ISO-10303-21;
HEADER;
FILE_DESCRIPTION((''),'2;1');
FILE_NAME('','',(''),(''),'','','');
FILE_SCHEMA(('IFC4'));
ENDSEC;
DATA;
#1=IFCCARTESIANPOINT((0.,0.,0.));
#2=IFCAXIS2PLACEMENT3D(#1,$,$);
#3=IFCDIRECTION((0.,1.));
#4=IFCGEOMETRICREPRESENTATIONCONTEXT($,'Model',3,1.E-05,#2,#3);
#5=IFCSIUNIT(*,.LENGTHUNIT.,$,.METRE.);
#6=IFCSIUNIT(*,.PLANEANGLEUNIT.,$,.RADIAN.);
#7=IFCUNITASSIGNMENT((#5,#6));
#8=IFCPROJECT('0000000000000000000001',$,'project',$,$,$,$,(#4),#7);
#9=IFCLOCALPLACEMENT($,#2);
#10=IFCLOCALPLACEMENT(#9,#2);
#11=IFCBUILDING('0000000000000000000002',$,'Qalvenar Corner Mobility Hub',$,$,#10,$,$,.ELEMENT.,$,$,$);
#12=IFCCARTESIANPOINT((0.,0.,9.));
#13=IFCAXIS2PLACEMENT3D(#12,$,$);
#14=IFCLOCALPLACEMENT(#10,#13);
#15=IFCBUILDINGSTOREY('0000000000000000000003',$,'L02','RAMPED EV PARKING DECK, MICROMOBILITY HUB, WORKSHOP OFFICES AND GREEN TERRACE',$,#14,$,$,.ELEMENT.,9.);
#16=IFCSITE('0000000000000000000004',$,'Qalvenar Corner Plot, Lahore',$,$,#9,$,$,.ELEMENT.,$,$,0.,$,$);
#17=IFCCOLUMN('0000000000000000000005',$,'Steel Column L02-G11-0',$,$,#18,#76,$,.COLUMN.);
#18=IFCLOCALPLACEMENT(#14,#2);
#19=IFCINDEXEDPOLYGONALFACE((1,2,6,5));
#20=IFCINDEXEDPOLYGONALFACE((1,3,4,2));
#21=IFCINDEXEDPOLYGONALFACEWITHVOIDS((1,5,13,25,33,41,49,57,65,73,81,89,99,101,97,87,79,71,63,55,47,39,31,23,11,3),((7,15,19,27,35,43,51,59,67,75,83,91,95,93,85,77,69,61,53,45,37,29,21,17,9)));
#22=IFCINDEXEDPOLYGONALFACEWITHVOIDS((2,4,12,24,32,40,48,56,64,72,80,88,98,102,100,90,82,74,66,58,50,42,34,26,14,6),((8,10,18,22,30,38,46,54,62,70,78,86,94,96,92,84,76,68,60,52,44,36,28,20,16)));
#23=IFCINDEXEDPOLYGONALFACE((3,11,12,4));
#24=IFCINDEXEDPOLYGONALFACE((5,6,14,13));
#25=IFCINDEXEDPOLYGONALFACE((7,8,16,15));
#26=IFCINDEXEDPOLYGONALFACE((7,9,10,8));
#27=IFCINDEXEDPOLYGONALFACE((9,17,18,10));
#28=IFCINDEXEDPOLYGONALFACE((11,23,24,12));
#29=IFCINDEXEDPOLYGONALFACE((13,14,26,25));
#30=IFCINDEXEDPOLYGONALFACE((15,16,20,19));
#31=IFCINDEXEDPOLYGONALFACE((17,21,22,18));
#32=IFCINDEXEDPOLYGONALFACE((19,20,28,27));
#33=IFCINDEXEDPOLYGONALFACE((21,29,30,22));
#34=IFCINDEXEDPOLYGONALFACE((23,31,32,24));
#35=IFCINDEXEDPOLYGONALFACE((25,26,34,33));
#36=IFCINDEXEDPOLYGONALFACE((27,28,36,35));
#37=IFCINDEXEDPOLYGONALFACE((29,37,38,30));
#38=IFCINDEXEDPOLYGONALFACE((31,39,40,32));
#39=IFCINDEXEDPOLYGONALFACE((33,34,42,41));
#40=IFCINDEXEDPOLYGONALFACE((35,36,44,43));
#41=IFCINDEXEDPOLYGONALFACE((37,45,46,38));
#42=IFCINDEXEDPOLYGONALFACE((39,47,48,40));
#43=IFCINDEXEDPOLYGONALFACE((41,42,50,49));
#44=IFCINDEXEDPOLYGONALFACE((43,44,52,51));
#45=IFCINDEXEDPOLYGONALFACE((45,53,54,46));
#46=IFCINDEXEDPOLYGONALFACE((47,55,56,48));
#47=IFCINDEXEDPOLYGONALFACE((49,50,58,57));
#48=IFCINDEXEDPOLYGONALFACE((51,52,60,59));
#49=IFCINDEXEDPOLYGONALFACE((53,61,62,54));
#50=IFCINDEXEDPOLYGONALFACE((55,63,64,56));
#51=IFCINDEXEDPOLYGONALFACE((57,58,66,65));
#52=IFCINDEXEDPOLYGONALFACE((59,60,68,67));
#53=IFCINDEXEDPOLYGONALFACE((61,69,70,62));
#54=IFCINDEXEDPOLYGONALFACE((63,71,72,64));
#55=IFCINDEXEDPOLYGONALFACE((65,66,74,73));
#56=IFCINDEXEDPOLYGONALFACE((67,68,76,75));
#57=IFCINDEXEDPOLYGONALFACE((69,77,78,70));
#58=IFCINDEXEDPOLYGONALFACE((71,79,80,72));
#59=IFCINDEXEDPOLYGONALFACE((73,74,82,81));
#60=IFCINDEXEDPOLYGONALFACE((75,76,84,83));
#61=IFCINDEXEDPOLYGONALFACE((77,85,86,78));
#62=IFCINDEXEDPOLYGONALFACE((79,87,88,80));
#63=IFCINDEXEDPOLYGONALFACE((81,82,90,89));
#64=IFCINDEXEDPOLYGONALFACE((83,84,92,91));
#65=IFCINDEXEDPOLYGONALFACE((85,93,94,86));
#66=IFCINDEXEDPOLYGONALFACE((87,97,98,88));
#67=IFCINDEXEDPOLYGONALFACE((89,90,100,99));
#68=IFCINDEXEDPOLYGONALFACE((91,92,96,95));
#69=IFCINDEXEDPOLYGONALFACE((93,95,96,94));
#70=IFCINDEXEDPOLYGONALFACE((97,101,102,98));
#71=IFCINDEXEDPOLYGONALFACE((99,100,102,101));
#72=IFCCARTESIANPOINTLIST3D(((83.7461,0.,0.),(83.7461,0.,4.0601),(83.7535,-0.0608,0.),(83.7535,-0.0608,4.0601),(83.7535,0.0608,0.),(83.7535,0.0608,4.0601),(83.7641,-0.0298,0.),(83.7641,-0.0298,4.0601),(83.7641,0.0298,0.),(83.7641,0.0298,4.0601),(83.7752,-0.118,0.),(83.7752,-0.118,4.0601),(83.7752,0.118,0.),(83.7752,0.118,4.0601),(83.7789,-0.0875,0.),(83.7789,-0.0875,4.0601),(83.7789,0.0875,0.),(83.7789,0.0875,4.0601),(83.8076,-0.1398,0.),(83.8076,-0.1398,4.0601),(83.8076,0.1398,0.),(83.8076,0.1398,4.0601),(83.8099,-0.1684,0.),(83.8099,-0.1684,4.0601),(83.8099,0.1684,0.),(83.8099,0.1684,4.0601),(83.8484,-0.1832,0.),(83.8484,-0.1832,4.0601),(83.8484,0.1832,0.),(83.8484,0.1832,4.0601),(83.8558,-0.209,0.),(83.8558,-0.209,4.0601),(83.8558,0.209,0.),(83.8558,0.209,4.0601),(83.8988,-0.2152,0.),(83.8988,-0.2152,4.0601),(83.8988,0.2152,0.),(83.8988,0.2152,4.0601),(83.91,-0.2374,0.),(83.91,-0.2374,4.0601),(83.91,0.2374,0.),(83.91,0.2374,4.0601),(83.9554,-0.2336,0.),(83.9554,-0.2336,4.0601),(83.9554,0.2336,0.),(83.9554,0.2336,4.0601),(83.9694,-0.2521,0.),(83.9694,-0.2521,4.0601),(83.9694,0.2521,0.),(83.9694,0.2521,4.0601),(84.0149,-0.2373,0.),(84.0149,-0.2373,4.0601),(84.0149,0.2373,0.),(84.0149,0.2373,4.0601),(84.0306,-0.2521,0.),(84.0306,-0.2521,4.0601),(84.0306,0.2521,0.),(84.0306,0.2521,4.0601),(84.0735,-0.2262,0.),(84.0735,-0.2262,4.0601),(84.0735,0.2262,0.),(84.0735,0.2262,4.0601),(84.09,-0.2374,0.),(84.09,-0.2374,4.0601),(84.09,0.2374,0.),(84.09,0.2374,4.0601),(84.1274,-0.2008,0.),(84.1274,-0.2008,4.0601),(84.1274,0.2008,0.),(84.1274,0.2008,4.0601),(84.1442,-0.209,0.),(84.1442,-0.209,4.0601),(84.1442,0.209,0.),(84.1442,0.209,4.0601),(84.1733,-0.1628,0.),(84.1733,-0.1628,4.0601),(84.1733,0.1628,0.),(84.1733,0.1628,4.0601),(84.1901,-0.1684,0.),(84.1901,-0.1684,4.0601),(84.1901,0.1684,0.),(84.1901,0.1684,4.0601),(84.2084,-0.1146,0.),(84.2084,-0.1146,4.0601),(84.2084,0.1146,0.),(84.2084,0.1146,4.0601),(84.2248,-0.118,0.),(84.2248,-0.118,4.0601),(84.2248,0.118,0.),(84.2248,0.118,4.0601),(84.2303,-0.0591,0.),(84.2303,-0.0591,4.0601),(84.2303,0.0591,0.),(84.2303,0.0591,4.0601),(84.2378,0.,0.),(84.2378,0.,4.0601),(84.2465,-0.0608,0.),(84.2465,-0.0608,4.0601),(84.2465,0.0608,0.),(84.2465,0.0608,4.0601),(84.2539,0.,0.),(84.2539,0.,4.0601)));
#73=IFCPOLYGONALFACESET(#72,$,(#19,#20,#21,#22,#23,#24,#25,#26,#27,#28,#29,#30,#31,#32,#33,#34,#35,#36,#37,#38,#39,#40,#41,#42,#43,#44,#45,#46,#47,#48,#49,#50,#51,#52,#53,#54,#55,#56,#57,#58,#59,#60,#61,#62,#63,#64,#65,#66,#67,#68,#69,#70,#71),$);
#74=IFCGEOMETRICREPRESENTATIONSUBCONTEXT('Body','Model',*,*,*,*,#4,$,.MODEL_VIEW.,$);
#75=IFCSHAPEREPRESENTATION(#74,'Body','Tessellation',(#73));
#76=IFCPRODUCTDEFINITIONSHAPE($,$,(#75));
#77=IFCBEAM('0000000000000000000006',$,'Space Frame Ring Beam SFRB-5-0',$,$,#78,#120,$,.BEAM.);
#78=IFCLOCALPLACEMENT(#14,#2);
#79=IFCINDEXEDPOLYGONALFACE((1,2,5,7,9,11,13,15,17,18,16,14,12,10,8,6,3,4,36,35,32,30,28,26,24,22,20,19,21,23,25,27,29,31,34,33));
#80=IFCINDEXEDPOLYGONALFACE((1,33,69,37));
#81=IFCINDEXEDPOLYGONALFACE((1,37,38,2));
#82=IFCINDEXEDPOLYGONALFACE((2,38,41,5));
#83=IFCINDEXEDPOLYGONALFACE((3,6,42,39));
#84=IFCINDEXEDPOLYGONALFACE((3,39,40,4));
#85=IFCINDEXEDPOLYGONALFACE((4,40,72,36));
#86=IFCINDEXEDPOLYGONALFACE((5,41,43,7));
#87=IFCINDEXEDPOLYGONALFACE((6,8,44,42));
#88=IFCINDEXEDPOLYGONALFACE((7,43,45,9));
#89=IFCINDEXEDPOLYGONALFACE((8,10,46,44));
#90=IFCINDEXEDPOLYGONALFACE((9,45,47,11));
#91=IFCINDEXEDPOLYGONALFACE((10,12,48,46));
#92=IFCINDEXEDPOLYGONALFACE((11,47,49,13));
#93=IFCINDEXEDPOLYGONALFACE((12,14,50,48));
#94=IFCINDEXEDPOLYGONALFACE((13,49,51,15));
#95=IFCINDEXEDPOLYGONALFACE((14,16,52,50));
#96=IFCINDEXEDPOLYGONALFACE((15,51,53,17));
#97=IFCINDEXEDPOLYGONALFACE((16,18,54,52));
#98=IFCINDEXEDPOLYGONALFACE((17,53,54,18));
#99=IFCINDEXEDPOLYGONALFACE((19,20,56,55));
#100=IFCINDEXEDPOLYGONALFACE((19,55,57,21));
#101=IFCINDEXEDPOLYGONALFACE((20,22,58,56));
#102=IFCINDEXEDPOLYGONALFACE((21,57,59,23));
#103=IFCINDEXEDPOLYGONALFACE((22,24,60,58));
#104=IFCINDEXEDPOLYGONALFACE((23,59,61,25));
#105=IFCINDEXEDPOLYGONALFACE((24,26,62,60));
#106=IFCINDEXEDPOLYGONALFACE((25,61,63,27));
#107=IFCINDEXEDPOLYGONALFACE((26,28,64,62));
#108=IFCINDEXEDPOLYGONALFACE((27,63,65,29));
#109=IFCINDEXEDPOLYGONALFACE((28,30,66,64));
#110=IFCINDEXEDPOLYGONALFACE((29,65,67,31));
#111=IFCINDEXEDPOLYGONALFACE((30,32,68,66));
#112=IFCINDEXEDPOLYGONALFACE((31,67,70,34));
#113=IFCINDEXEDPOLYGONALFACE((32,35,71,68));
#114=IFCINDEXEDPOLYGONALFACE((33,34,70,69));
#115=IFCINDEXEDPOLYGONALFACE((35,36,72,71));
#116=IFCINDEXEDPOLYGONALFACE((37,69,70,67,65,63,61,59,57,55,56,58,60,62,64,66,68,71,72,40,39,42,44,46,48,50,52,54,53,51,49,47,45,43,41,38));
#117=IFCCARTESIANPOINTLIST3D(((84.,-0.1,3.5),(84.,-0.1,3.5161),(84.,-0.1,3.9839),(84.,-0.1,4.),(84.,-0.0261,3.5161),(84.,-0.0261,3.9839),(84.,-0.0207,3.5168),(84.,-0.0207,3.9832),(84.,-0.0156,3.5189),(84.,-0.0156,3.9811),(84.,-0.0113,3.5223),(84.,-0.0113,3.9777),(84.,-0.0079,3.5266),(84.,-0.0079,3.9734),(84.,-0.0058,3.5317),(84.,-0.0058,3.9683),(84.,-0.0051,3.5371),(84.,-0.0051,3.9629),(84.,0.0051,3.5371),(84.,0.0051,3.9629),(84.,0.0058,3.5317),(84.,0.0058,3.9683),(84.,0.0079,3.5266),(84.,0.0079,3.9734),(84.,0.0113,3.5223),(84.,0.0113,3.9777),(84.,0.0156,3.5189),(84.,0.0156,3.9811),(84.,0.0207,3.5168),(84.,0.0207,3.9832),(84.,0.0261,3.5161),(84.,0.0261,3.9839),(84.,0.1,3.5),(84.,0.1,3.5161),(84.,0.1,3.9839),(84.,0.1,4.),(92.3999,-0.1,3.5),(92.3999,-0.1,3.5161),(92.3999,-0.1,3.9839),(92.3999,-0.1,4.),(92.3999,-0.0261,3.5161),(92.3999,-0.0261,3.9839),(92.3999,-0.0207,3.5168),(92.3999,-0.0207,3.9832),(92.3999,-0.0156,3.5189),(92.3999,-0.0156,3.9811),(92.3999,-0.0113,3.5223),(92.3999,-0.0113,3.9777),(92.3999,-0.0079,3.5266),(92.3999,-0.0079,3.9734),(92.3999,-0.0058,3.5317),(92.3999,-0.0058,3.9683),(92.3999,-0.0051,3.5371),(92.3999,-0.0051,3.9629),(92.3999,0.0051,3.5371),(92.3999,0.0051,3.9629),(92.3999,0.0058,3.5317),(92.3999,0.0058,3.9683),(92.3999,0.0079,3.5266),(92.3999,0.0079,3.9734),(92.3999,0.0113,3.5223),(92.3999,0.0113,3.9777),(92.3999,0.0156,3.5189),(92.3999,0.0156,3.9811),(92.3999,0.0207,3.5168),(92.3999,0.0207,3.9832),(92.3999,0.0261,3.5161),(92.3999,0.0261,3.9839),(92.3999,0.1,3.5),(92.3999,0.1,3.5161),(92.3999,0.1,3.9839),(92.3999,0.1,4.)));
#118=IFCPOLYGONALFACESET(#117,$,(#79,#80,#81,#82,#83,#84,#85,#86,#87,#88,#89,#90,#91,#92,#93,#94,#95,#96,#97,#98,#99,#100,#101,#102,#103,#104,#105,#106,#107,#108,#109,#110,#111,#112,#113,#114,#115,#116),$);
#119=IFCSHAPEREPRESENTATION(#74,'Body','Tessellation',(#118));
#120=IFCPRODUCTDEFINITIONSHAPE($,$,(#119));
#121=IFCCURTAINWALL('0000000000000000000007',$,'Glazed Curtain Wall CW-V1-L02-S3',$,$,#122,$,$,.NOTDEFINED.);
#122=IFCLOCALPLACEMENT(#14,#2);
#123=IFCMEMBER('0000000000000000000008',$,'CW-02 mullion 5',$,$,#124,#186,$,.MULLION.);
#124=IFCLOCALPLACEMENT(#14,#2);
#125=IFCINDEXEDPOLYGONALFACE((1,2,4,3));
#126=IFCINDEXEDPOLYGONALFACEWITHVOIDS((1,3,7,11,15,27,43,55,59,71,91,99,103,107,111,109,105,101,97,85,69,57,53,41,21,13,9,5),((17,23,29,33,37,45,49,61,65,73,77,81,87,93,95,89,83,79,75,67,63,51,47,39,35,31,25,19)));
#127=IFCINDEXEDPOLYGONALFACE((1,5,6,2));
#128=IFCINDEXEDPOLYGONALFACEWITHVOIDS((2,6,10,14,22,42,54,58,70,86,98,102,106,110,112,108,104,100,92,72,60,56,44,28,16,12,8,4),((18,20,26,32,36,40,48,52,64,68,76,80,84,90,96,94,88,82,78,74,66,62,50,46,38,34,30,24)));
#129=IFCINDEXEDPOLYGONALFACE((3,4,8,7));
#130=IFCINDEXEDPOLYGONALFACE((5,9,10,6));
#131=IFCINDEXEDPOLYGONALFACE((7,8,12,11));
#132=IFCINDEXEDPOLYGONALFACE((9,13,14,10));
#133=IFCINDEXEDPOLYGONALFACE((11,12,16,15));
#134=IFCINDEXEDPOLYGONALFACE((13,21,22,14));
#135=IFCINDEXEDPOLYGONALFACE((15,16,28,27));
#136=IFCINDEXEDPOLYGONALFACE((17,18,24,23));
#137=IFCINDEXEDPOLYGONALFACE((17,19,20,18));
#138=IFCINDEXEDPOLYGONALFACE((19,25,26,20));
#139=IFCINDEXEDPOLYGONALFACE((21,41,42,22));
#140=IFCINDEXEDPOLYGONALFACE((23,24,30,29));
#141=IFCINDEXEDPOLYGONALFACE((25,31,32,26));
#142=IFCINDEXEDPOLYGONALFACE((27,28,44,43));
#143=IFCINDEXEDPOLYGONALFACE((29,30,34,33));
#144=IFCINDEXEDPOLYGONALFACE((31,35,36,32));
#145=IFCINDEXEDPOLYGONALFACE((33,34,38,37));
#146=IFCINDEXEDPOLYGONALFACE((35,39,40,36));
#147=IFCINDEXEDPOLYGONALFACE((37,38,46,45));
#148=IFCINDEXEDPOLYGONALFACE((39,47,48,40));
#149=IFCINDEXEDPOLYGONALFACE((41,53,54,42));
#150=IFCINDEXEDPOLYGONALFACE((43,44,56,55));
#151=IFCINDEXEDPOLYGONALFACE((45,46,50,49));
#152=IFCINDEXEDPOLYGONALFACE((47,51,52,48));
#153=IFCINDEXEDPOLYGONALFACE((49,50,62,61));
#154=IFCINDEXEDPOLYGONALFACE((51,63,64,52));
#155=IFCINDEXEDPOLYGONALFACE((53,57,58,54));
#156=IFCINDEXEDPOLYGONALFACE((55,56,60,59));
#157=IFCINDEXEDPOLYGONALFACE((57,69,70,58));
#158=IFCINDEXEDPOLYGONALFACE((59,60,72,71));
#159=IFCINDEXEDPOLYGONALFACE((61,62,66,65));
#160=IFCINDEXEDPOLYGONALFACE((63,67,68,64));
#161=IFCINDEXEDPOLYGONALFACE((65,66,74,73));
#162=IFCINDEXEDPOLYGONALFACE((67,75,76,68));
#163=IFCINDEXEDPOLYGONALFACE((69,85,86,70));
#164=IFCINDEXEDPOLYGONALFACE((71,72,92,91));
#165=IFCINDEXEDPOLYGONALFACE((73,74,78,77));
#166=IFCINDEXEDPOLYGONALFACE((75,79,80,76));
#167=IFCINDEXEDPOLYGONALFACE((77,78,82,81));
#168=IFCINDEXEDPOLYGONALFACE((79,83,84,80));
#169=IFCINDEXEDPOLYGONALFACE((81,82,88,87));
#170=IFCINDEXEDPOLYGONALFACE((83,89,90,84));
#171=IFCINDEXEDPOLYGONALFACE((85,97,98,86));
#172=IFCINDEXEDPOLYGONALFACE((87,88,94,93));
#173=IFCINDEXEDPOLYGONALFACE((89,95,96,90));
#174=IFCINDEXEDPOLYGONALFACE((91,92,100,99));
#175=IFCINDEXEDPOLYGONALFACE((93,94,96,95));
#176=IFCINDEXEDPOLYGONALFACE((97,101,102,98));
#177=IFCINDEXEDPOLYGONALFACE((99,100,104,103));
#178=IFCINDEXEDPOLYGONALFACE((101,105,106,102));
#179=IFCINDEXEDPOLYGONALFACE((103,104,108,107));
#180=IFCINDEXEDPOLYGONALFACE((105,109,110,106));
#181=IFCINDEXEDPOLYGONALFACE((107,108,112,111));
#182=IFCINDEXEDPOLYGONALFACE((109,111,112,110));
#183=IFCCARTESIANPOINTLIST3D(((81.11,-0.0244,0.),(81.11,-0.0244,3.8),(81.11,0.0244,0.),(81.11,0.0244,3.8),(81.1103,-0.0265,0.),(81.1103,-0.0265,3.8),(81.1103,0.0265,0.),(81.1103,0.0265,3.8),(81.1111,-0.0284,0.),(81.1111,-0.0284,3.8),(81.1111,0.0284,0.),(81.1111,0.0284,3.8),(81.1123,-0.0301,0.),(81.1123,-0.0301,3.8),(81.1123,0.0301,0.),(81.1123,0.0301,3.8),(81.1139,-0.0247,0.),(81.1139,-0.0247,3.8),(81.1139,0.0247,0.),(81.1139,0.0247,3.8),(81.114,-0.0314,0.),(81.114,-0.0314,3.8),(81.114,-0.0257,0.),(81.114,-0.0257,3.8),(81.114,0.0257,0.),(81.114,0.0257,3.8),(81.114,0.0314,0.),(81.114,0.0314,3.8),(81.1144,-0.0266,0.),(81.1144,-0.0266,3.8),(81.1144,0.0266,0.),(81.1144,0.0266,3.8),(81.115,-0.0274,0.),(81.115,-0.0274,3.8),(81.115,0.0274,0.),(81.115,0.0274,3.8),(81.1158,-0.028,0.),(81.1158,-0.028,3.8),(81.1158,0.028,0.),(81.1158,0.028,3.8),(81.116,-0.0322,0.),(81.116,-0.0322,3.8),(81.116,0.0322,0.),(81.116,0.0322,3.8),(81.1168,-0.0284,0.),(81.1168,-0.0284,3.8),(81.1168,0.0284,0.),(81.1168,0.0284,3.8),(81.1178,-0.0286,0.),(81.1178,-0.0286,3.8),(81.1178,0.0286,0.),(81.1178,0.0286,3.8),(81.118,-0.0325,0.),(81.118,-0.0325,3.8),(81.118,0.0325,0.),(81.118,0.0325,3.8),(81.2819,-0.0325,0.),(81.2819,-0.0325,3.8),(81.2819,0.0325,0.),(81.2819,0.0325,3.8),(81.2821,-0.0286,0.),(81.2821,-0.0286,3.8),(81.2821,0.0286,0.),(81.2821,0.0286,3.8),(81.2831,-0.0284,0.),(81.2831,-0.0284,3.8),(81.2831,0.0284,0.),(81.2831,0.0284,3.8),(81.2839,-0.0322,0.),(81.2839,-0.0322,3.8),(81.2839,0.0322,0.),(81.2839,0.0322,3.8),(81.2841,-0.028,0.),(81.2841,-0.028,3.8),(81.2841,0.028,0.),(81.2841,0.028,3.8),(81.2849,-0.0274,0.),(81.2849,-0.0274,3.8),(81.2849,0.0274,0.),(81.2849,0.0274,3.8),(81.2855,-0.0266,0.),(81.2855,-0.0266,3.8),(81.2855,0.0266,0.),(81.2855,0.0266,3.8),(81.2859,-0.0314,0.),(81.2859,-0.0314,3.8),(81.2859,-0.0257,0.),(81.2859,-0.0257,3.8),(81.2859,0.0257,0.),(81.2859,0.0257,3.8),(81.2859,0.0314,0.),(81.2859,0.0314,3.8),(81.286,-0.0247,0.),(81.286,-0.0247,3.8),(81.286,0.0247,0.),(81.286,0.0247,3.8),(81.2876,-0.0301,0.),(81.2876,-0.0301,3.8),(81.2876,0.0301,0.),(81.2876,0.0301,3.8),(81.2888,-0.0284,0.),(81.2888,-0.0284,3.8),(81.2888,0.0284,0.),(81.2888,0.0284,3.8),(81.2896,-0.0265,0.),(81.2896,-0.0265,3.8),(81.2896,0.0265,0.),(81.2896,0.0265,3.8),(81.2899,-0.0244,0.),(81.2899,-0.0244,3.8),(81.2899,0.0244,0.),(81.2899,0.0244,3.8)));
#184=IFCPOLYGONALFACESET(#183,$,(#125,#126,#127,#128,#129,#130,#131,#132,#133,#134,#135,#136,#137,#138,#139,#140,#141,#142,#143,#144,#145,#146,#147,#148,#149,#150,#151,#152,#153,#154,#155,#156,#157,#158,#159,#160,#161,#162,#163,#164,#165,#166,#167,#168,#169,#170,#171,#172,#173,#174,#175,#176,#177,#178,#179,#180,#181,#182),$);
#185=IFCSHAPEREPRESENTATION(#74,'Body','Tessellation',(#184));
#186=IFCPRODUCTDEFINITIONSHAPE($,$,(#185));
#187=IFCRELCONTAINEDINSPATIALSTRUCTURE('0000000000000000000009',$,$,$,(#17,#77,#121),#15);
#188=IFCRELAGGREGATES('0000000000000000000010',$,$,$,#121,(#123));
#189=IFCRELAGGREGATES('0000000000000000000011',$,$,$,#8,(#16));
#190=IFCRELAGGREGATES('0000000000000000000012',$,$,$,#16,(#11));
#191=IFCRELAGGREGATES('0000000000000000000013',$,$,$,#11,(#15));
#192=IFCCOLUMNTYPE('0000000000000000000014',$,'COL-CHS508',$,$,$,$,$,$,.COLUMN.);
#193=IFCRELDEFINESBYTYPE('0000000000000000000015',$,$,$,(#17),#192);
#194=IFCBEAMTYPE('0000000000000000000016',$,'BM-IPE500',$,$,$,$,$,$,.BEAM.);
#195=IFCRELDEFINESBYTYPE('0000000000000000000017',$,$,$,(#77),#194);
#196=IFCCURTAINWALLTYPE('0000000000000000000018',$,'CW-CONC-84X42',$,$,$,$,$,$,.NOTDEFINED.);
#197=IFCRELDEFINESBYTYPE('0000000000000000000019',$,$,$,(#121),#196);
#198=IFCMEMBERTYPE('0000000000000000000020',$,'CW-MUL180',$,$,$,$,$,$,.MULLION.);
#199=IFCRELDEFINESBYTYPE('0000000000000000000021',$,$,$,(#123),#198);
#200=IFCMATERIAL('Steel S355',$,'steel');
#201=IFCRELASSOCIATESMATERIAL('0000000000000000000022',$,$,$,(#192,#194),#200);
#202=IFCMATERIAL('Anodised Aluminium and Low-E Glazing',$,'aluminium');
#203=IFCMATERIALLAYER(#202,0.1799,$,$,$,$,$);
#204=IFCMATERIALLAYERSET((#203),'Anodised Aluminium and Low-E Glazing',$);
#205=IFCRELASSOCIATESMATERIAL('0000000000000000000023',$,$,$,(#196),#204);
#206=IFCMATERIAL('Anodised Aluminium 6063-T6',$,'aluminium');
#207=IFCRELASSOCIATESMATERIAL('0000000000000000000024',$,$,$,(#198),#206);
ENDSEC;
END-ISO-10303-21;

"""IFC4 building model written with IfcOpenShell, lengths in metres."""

from ifc_helpers import new_model, si_unit, direction, frame, origin, origin_2d, place, context, subcontext, project, spatial, hollow_rectangle, hollow_circle, i_section, extrude, material, layer, layer_set, material_profile, profile_set, type_object, element, aggregate, save


model = new_model("IFC4")

# Units and contexts
model_context = context("Model", 3, precision=1e-05, world=origin(), true_north=direction((0.0, 1.0)))
body_context = subcontext(model_context, "Body", "Model", "MODEL_VIEW")
ifc_project = project(units=[si_unit("LENGTHUNIT", "METRE"), si_unit("PLANEANGLEUNIT", "RADIAN")], contexts=[model_context])

# Site, building, storey
site_placement = place(None, origin())
site = spatial("IfcSite", under=ifc_project, at=site_placement, Name="Qalvenar Corner Plot, Lahore", CompositionType="ELEMENT", RefElevation=0.0)
building_placement = place(site_placement, origin())
building = spatial("IfcBuilding", under=site, at=building_placement, Name="Qalvenar Corner Mobility Hub", CompositionType="ELEMENT")
storey_placement = place(building_placement, frame((0.0, 0.0, 9.0)))
storey = spatial("IfcBuildingStorey", under=building, at=storey_placement, Name="L02", Description="RAMPED EV PARKING DECK, MICROMOBILITY HUB, WORKSHOP OFFICES AND GREEN TERRACE", CompositionType="ELEMENT", Elevation=9.0)

# Column
ifc_material_1 = material(Name="Steel S355", Category="steel")
ifc_material_profile_1 = material_profile(ifc_material_1, hollow_circle(Radius=0.2539, WallThickness=0.0161, at=origin_2d()), Name="CHS508x16")
ifc_profile_set_1 = profile_set([ifc_material_profile_1], Name="Steel S355")
column_type = type_object("IfcColumnType", Name="COL-CHS508", PredefinedType="COLUMN", material=ifc_profile_set_1)
column_placement = place(storey_placement, frame((84.0, 0.0, 0.0), z_axis=(0.0, 0.0, 1.0), x_axis=(1.0, 0.0, 0.0)))
element("IfcColumn", 1, at=column_placement, inside=storey, type_object=column_type, Name="Steel Column L02-G11-0", PredefinedType="COLUMN", context=body_context, shape_type="SweptSolid", body=[
    extrude(hollow_circle(Radius=0.2539, WallThickness=0.0161, at=origin_2d()), origin(), (0.0, 0.0, 1.0), 4.0601),
])

# Beam
ifc_material_profile_2 = material_profile(ifc_material_1, i_section(OverallWidth=0.2, OverallDepth=0.5, WebThickness=0.0103, FlangeThickness=0.0161, FilletRadius=0.021, at=origin_2d()), Name="IPE500")
ifc_profile_set_2 = profile_set([ifc_material_profile_2], Name="Steel S355")
beam_type = type_object("IfcBeamType", Name="BM-IPE500", PredefinedType="BEAM", material=ifc_profile_set_2)
beam_placement = place(storey_placement, frame((84.0, 0.0, 3.75), z_axis=(1.0, 0.0, 0.0), x_axis=(0.0, 1.0, 0.0)))
element("IfcBeam", 2, at=beam_placement, inside=storey, type_object=beam_type, Name="Space Frame Ring Beam SFRB-5-0", PredefinedType="BEAM", context=body_context, shape_type="SweptSolid", body=[
    extrude(i_section(OverallWidth=0.2, OverallDepth=0.5, WebThickness=0.0103, FlangeThickness=0.0161, FilletRadius=0.021, at=origin_2d()), origin(), (0.0, 0.0, 1.0), 8.3999),
])

# Curtain wall, member
ifc_material_2 = material(Name="Anodised Aluminium and Low-E Glazing", Category="aluminium")
ifc_layer_1 = layer(ifc_material_2, 0.1799)
ifc_layer_set_1 = layer_set([ifc_layer_1], Name="Anodised Aluminium and Low-E Glazing")
curtain_wall_type = type_object("IfcCurtainWallType", Name="CW-CONC-84X42", PredefinedType="NOTDEFINED", material=ifc_layer_set_1)
curtain_wall_1_placement = place(storey_placement, origin())
curtain_wall_1 = element("IfcCurtainWall", 3, at=curtain_wall_1_placement, inside=storey, type_object=curtain_wall_type, Name="Glazed Curtain Wall CW-V1-L02-S3", PredefinedType="NOTDEFINED")
ifc_material_3 = material(Name="Anodised Aluminium 6063-T6", Category="aluminium")
ifc_material_profile_3 = material_profile(ifc_material_3, hollow_rectangle(XDim=0.0649, YDim=0.1799, WallThickness=0.0039, InnerFilletRadius=0.0039, OuterFilletRadius=0.0081, at=origin_2d()), Name="RHS180x65x4")
ifc_profile_set_3 = profile_set([ifc_material_profile_3], Name="Anodised Aluminium 6063-T6")
member_type_1 = type_object("IfcMemberType", Name="CW-MUL180", PredefinedType="MULLION", material=ifc_profile_set_3)
member_1_placement = place(storey_placement, frame((81.2, 0.0, 0.0), z_axis=(0.0, 0.0, 1.0), x_axis=(0.0, 1.0, 0.0)))
member_1 = element("IfcMember", 4, at=member_1_placement, type_object=member_type_1, Name="CW-02 mullion 5", PredefinedType="MULLION", context=body_context, shape_type="SweptSolid", body=[
    extrude(hollow_rectangle(XDim=0.0649, YDim=0.1799, WallThickness=0.0039, InnerFilletRadius=0.0039, OuterFilletRadius=0.0081, at=origin_2d()), origin(), (0.0, 0.0, 1.0), 3.8),
])

aggregate(curtain_wall_1, [member_1])

save(model, "model.ifc")
